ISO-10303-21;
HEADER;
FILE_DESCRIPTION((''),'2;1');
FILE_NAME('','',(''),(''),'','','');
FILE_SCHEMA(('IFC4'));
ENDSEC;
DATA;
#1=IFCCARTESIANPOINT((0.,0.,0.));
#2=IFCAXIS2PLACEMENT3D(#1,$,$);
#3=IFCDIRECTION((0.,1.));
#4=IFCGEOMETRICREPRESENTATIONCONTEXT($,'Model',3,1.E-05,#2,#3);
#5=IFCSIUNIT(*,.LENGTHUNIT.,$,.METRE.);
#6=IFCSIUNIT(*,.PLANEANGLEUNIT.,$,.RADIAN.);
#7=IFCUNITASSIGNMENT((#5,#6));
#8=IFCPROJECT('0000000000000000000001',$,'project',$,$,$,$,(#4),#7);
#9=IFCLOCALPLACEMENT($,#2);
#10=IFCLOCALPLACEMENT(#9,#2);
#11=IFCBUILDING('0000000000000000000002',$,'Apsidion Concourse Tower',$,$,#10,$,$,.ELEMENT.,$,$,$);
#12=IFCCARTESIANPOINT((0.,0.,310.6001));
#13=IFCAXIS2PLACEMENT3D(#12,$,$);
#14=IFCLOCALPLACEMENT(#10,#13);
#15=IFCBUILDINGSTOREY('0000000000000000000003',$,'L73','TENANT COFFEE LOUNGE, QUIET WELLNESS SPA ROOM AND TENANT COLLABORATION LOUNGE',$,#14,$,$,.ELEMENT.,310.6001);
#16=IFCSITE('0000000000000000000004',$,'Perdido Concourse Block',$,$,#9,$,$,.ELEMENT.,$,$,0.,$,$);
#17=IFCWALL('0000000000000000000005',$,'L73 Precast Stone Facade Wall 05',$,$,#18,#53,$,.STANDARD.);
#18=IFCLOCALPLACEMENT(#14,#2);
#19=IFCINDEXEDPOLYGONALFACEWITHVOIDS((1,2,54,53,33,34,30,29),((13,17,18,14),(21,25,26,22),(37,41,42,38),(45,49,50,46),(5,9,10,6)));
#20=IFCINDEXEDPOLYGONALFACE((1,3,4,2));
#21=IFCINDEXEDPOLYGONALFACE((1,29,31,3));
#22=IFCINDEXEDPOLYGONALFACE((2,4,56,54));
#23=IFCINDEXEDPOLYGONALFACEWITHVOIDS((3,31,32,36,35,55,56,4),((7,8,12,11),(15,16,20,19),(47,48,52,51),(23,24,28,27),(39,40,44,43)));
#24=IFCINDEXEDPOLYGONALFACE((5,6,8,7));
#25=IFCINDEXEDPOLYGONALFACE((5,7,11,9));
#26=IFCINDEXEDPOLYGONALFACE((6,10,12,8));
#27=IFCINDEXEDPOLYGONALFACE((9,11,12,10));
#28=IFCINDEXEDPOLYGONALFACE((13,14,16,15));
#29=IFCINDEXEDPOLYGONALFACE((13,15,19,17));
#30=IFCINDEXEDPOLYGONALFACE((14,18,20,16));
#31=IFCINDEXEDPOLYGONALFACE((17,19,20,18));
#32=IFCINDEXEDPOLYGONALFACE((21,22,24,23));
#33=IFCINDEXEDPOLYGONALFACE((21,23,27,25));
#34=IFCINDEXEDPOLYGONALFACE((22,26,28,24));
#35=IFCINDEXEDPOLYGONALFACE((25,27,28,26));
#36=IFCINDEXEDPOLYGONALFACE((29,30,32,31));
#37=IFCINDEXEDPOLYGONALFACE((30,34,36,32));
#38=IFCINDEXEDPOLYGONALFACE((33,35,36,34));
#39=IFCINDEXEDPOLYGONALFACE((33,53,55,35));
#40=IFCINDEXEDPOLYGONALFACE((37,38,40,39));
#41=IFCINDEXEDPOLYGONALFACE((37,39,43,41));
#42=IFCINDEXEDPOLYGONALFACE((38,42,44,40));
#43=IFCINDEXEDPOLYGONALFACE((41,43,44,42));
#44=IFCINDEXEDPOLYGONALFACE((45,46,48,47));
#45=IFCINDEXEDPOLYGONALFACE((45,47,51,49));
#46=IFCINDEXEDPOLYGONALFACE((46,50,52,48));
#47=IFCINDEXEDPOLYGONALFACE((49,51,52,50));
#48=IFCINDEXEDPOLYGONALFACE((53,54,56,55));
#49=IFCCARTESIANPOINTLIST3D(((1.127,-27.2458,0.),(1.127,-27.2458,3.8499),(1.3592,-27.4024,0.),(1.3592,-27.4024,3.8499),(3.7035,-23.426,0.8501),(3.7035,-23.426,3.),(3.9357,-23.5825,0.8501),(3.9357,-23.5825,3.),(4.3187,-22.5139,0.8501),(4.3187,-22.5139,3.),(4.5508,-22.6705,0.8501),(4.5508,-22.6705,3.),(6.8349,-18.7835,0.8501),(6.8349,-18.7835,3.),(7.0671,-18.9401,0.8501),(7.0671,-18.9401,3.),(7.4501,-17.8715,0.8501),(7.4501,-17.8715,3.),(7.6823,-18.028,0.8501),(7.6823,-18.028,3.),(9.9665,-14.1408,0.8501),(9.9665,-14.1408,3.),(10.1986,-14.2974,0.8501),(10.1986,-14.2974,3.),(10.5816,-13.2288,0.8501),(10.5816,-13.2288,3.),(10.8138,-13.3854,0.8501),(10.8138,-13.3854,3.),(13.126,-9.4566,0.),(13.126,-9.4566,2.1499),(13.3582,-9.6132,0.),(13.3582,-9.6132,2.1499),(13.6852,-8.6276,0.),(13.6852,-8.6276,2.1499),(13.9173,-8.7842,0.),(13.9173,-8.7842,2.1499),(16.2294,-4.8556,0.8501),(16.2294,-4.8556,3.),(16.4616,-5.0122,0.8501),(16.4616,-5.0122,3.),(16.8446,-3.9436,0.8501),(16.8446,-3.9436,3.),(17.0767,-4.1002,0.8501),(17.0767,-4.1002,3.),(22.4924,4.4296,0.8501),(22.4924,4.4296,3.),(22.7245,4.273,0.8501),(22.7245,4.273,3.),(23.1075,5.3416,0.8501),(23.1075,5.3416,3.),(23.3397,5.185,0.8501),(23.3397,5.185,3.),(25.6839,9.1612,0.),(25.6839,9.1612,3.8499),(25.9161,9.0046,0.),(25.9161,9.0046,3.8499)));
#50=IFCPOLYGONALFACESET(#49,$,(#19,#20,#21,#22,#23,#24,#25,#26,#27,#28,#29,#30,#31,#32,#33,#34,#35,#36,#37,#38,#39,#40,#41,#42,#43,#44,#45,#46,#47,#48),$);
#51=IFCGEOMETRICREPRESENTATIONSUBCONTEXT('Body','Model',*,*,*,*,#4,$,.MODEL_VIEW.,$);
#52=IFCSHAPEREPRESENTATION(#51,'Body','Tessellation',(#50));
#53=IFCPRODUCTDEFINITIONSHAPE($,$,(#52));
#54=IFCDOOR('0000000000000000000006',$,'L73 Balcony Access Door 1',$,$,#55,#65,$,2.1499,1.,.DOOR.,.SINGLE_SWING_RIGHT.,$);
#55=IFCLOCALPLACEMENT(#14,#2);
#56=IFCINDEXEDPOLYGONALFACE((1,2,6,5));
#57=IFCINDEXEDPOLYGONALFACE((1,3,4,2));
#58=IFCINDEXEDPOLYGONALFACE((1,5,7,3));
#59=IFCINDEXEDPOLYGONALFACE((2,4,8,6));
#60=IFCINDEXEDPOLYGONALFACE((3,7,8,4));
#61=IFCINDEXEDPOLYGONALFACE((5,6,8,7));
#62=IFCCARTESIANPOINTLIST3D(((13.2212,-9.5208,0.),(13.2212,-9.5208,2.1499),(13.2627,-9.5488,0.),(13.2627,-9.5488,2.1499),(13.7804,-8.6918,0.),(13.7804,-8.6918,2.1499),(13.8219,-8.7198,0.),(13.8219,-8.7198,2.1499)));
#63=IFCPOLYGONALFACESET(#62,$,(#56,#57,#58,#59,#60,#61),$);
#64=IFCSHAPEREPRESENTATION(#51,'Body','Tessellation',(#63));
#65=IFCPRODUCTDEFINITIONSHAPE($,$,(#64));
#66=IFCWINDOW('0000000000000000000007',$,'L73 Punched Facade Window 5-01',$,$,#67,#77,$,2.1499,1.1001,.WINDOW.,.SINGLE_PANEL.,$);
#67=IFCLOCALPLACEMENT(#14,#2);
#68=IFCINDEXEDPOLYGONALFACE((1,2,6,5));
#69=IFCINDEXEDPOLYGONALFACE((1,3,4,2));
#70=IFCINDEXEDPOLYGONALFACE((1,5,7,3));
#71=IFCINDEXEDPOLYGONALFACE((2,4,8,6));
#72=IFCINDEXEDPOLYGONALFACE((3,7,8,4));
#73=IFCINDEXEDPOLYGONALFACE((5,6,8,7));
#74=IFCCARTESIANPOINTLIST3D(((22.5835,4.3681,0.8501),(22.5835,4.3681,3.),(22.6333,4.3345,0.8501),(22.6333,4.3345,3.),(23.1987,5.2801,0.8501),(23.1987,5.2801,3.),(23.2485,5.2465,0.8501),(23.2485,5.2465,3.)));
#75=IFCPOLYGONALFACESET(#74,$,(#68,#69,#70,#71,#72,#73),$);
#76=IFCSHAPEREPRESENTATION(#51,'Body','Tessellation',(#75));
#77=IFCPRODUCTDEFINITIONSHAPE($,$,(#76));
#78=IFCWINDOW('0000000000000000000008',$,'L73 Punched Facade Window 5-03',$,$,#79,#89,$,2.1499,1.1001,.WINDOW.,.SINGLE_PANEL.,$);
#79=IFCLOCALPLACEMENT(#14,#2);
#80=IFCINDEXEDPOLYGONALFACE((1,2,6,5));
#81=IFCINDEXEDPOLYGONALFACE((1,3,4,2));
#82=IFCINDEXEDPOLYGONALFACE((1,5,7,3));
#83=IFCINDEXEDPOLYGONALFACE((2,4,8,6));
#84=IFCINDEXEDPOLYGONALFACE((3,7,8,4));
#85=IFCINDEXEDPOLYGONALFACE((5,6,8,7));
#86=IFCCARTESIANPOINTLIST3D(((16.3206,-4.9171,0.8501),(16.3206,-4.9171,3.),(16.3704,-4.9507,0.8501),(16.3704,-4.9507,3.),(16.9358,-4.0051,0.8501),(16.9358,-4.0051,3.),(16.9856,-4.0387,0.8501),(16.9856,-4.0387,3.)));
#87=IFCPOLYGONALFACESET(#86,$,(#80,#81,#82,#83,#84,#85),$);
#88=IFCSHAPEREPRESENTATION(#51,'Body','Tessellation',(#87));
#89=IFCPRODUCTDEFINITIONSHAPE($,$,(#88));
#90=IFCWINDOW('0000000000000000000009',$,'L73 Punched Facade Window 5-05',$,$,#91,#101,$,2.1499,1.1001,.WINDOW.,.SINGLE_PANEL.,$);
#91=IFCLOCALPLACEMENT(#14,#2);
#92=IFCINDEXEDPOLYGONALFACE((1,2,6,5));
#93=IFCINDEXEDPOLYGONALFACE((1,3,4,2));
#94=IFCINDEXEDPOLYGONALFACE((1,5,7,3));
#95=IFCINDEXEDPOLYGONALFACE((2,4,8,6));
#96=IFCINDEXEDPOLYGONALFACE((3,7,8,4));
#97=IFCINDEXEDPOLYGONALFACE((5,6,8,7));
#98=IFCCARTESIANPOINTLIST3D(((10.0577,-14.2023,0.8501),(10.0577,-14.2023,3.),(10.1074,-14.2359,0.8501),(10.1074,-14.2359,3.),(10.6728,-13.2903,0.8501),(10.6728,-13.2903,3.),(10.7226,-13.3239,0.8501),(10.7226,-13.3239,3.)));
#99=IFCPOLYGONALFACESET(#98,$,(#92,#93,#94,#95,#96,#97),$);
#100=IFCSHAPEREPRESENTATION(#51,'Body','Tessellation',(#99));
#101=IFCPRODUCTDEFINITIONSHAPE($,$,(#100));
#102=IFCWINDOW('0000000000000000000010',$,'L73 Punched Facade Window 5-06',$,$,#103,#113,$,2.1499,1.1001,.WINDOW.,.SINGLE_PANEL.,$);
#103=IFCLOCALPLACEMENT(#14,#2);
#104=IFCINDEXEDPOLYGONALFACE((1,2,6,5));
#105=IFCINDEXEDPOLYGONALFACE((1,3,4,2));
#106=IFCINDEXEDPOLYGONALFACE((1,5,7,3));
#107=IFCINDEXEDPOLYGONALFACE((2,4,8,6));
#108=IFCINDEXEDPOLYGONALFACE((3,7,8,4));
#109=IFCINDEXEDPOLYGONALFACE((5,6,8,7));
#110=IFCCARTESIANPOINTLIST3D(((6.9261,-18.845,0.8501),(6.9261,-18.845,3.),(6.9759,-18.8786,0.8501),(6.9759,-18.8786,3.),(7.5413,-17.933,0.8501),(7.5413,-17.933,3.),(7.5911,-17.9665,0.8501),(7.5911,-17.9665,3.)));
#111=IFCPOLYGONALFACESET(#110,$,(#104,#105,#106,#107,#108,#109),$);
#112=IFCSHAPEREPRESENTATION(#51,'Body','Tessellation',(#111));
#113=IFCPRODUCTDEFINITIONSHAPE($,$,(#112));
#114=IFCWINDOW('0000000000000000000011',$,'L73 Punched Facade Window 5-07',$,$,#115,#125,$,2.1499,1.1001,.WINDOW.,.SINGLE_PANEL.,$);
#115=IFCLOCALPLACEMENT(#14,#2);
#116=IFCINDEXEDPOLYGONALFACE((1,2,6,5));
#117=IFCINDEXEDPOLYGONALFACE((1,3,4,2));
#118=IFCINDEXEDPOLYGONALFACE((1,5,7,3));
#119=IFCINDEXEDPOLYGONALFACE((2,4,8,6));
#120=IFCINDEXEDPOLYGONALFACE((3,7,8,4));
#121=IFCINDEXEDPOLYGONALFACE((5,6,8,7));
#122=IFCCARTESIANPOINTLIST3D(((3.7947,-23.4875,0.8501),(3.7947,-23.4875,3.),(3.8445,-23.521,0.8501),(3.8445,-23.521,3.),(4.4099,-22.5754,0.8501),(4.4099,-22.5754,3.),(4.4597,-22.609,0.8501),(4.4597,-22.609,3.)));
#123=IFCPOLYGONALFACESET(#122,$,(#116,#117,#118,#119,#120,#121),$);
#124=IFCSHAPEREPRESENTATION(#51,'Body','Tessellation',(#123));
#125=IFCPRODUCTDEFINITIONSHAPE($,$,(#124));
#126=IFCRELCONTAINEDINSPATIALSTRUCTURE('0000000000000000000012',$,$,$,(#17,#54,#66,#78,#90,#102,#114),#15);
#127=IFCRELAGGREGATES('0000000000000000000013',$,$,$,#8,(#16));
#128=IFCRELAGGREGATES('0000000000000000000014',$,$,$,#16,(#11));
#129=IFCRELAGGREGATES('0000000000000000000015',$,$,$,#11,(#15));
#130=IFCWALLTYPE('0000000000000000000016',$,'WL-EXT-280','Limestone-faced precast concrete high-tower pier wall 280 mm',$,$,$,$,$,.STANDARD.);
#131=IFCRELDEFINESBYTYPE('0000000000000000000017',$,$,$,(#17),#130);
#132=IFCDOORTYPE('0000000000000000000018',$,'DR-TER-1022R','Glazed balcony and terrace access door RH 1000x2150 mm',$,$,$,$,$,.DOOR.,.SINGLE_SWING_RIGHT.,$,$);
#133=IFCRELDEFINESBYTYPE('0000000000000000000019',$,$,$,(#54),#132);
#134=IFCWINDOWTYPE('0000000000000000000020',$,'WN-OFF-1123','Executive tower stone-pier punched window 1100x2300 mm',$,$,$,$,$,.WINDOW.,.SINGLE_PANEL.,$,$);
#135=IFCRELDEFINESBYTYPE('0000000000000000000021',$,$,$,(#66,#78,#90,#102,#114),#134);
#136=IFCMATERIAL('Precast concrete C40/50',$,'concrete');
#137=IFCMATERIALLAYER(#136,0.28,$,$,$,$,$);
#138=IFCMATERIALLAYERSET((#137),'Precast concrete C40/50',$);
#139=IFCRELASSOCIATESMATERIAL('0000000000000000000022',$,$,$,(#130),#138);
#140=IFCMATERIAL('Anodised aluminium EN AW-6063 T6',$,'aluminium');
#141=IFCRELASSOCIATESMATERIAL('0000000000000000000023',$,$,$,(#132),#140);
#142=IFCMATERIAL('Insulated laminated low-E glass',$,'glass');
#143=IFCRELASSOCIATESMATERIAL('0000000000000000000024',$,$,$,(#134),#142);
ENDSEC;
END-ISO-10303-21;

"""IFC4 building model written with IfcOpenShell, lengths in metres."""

from ifc_helpers import new_model, si_unit, direction, frame, frame_2d, origin, place, context, subcontext, project, spatial, rectangle, extrude, material, layer, layer_set, type_object, element, fill, save


model = new_model("IFC4")

# Units and contexts
model_context = context("Model", 3, precision=1e-05, world=origin(), true_north=direction((0.0, 1.0)))
body_context = subcontext(model_context, "Body", "Model", "MODEL_VIEW")
ifc_project = project(units=[si_unit("LENGTHUNIT", "METRE"), si_unit("PLANEANGLEUNIT", "RADIAN")], contexts=[model_context])

# Site, building, storey
site_placement = place(None, origin())
site = spatial("IfcSite", under=ifc_project, at=site_placement, Name="Perdido Concourse Block", CompositionType="ELEMENT", RefElevation=0.0)
building_placement = place(site_placement, origin())
building = spatial("IfcBuilding", under=site, at=building_placement, Name="Apsidion Concourse Tower", CompositionType="ELEMENT")
storey_placement = place(building_placement, frame((0.0, 0.0, 310.6001)))
storey = spatial("IfcBuildingStorey", under=building, at=storey_placement, Name="L73", Description="TENANT COFFEE LOUNGE, QUIET WELLNESS SPA ROOM AND TENANT COLLABORATION LOUNGE", CompositionType="ELEMENT", Elevation=310.6001)

# Shared definitions
ifc_material_1 = material(Name="Precast concrete C40/50", Category="concrete")
ifc_layer_1 = layer(ifc_material_1, 0.28)
ifc_layer_set_1 = layer_set([ifc_layer_1], Name="Precast concrete C40/50")
wall_type_1 = type_object("IfcWallType", Name="WL-EXT-280", Description="Limestone-faced precast concrete high-tower pier wall 280 mm", PredefinedType="STANDARD", material=ifc_layer_set_1)

# Wall, openings, door, windows
wall_1_placement = place(storey_placement, frame((25.8, 9.083, 0.0), z_axis=(0.0, 0.0, 1.0), x_axis=(-0.559194, -0.829037, 0.0)))
wall_1 = element("IfcWall", 1, at=wall_1_placement, inside=storey, type_object=wall_type_1, Name="L73 Precast Stone Facade Wall 05", PredefinedType="STANDARD", context=body_context, shape_type="SweptSolid", body=[
    extrude(rectangle(XDim=43.9148, YDim=0.28, at=frame_2d((21.9575, 0.0))), origin(), (0.0, 0.0, 1.0), 3.8499),
])
opening_1_placement = place(wall_1_placement, frame((21.4573, 0.0, 0.0)))
opening_1 = element("IfcOpeningElement", 2, at=opening_1_placement, cuts=wall_1, PredefinedType="OPENING", context=body_context, shape_type="SweptSolid", body=[
    extrude(rectangle(XDim=1.0, YDim=2.1499, at=frame_2d((0.5, 1.075))), frame((0.0, 0.1499, 0.0), z_axis=(0.0, -1.0, 0.0), x_axis=(1.0, 0.0, 0.0)), (0.0, 0.0, 1.0), 0.3),
])
opening_2_placement = place(wall_1_placement, frame((4.6074, 0.0, 0.8501)))
opening_2 = element("IfcOpeningElement", 3, at=opening_2_placement, cuts=wall_1, PredefinedType="OPENING", context=body_context, shape_type="SweptSolid", body=[
    extrude(rectangle(XDim=1.1001, YDim=2.1499, at=frame_2d((0.55, 1.075))), frame((0.0, 0.1499, 0.0), z_axis=(0.0, -1.0, 0.0), x_axis=(1.0, 0.0, 0.0)), (0.0, 0.0, 1.0), 0.3),
])
opening_3_placement = place(wall_1_placement, frame((15.8074, 0.0, 0.8501)))
opening_3 = element("IfcOpeningElement", 4, at=opening_3_placement, cuts=wall_1, PredefinedType="OPENING", context=body_context, shape_type="SweptSolid", body=[
    extrude(rectangle(XDim=1.1001, YDim=2.1499, at=frame_2d((0.55, 1.075))), frame((0.0, 0.1499, 0.0), z_axis=(0.0, -1.0, 0.0), x_axis=(1.0, 0.0, 0.0)), (0.0, 0.0, 1.0), 0.3),
])
opening_4_placement = place(wall_1_placement, frame((27.0073, 0.0, 0.8501)))
opening_4 = element("IfcOpeningElement", 5, at=opening_4_placement, cuts=wall_1, PredefinedType="OPENING", context=body_context, shape_type="SweptSolid", body=[
    extrude(rectangle(XDim=1.1001, YDim=2.1499, at=frame_2d((0.55, 1.075))), frame((0.0, 0.1499, 0.0), z_axis=(0.0, -1.0, 0.0), x_axis=(1.0, 0.0, 0.0)), (0.0, 0.0, 1.0), 0.3),
])
opening_5_placement = place(wall_1_placement, frame((32.6074, 0.0, 0.8501)))
opening_5 = element("IfcOpeningElement", 6, at=opening_5_placement, cuts=wall_1, PredefinedType="OPENING", context=body_context, shape_type="SweptSolid", body=[
    extrude(rectangle(XDim=1.1001, YDim=2.1499, at=frame_2d((0.55, 1.075))), frame((0.0, 0.1499, 0.0), z_axis=(0.0, -1.0, 0.0), x_axis=(1.0, 0.0, 0.0)), (0.0, 0.0, 1.0), 0.3),
])
opening_6_placement = place(wall_1_placement, frame((38.2073, 0.0, 0.8501)))
opening_6 = element("IfcOpeningElement", 7, at=opening_6_placement, cuts=wall_1, PredefinedType="OPENING", context=body_context, shape_type="SweptSolid", body=[
    extrude(rectangle(XDim=1.1001, YDim=2.1499, at=frame_2d((0.55, 1.075))), frame((0.0, 0.1499, 0.0), z_axis=(0.0, -1.0, 0.0), x_axis=(1.0, 0.0, 0.0)), (0.0, 0.0, 1.0), 0.3),
])
ifc_material_2 = material(Name="Anodised aluminium EN AW-6063 T6", Category="aluminium")
door_type_1 = type_object("IfcDoorType", Name="DR-TER-1022R", Description="Glazed balcony and terrace access door RH 1000x2150 mm", OperationType="SINGLE_SWING_RIGHT", PredefinedType="DOOR", material=ifc_material_2)
door_1_placement = place(opening_1_placement, origin())
door_1 = element("IfcDoor", 8, at=door_1_placement, inside=storey, type_object=door_type_1, Name="L73 Balcony Access Door 1", OperationType="SINGLE_SWING_RIGHT", OverallHeight=2.1499, OverallWidth=1.0, PredefinedType="DOOR", context=body_context, shape_type="SweptSolid", body=[
    extrude(rectangle(XDim=1.0, YDim=2.1499, at=frame_2d((0.5, 1.075))), frame((0.0, 0.0249, 0.0), z_axis=(0.0, -1.0, 0.0), x_axis=(1.0, 0.0, 0.0)), (0.0, 0.0, 1.0), 0.05),
])
fill(opening_1, door_1)
ifc_material_3 = material(Name="Insulated laminated low-E glass", Category="glass")
window_type = type_object("IfcWindowType", Name="WN-OFF-1123", Description="Executive tower stone-pier punched window 1100x2300 mm", PartitioningType="SINGLE_PANEL", PredefinedType="WINDOW", material=ifc_material_3)
window_1_placement = place(opening_2_placement, origin())
window_1 = element("IfcWindow", 9, at=window_1_placement, inside=storey, type_object=window_type, Name="L73 Punched Facade Window 5-01", OverallHeight=2.1499, OverallWidth=1.1001, PartitioningType="SINGLE_PANEL", PredefinedType="WINDOW", context=body_context, shape_type="SweptSolid", body=[
    extrude(rectangle(XDim=1.1001, YDim=2.1499, at=frame_2d((0.55, 1.075))), frame((0.0, 0.03, 0.0), z_axis=(0.0, -1.0, 0.0), x_axis=(1.0, 0.0, 0.0)), (0.0, 0.0, 1.0), 0.0601),
])
fill(opening_2, window_1)
window_2_placement = place(opening_3_placement, origin())
window_2 = element("IfcWindow", 10, at=window_2_placement, inside=storey, type_object=window_type, Name="L73 Punched Facade Window 5-03", OverallHeight=2.1499, OverallWidth=1.1001, PartitioningType="SINGLE_PANEL", PredefinedType="WINDOW", context=body_context, shape_type="SweptSolid", body=[
    extrude(rectangle(XDim=1.1001, YDim=2.1499, at=frame_2d((0.55, 1.075))), frame((0.0, 0.03, 0.0), z_axis=(0.0, -1.0, 0.0), x_axis=(1.0, 0.0, 0.0)), (0.0, 0.0, 1.0), 0.0601),
])
fill(opening_3, window_2)
window_3_placement = place(opening_4_placement, origin())
window_3 = element("IfcWindow", 11, at=window_3_placement, inside=storey, type_object=window_type, Name="L73 Punched Facade Window 5-05", OverallHeight=2.1499, OverallWidth=1.1001, PartitioningType="SINGLE_PANEL", PredefinedType="WINDOW", context=body_context, shape_type="SweptSolid", body=[
    extrude(rectangle(XDim=1.1001, YDim=2.1499, at=frame_2d((0.55, 1.075))), frame((0.0, 0.03, 0.0), z_axis=(0.0, -1.0, 0.0), x_axis=(1.0, 0.0, 0.0)), (0.0, 0.0, 1.0), 0.0601),
])
fill(opening_4, window_3)
window_4_placement = place(opening_5_placement, origin())
window_4 = element("IfcWindow", 12, at=window_4_placement, inside=storey, type_object=window_type, Name="L73 Punched Facade Window 5-06", OverallHeight=2.1499, OverallWidth=1.1001, PartitioningType="SINGLE_PANEL", PredefinedType="WINDOW", context=body_context, shape_type="SweptSolid", body=[
    extrude(rectangle(XDim=1.1001, YDim=2.1499, at=frame_2d((0.55, 1.075))), frame((0.0, 0.03, 0.0), z_axis=(0.0, -1.0, 0.0), x_axis=(1.0, 0.0, 0.0)), (0.0, 0.0, 1.0), 0.0601),
])
fill(opening_5, window_4)
window_5_placement = place(opening_6_placement, origin())
window_5 = element("IfcWindow", 13, at=window_5_placement, inside=storey, type_object=window_type, Name="L73 Punched Facade Window 5-07", OverallHeight=2.1499, OverallWidth=1.1001, PartitioningType="SINGLE_PANEL", PredefinedType="WINDOW", context=body_context, shape_type="SweptSolid", body=[
    extrude(rectangle(XDim=1.1001, YDim=2.1499, at=frame_2d((0.55, 1.075))), frame((0.0, 0.03, 0.0), z_axis=(0.0, -1.0, 0.0), x_axis=(1.0, 0.0, 0.0)), (0.0, 0.0, 1.0), 0.0601),
])
fill(opening_6, window_5)

save(model, "model.ifc")
